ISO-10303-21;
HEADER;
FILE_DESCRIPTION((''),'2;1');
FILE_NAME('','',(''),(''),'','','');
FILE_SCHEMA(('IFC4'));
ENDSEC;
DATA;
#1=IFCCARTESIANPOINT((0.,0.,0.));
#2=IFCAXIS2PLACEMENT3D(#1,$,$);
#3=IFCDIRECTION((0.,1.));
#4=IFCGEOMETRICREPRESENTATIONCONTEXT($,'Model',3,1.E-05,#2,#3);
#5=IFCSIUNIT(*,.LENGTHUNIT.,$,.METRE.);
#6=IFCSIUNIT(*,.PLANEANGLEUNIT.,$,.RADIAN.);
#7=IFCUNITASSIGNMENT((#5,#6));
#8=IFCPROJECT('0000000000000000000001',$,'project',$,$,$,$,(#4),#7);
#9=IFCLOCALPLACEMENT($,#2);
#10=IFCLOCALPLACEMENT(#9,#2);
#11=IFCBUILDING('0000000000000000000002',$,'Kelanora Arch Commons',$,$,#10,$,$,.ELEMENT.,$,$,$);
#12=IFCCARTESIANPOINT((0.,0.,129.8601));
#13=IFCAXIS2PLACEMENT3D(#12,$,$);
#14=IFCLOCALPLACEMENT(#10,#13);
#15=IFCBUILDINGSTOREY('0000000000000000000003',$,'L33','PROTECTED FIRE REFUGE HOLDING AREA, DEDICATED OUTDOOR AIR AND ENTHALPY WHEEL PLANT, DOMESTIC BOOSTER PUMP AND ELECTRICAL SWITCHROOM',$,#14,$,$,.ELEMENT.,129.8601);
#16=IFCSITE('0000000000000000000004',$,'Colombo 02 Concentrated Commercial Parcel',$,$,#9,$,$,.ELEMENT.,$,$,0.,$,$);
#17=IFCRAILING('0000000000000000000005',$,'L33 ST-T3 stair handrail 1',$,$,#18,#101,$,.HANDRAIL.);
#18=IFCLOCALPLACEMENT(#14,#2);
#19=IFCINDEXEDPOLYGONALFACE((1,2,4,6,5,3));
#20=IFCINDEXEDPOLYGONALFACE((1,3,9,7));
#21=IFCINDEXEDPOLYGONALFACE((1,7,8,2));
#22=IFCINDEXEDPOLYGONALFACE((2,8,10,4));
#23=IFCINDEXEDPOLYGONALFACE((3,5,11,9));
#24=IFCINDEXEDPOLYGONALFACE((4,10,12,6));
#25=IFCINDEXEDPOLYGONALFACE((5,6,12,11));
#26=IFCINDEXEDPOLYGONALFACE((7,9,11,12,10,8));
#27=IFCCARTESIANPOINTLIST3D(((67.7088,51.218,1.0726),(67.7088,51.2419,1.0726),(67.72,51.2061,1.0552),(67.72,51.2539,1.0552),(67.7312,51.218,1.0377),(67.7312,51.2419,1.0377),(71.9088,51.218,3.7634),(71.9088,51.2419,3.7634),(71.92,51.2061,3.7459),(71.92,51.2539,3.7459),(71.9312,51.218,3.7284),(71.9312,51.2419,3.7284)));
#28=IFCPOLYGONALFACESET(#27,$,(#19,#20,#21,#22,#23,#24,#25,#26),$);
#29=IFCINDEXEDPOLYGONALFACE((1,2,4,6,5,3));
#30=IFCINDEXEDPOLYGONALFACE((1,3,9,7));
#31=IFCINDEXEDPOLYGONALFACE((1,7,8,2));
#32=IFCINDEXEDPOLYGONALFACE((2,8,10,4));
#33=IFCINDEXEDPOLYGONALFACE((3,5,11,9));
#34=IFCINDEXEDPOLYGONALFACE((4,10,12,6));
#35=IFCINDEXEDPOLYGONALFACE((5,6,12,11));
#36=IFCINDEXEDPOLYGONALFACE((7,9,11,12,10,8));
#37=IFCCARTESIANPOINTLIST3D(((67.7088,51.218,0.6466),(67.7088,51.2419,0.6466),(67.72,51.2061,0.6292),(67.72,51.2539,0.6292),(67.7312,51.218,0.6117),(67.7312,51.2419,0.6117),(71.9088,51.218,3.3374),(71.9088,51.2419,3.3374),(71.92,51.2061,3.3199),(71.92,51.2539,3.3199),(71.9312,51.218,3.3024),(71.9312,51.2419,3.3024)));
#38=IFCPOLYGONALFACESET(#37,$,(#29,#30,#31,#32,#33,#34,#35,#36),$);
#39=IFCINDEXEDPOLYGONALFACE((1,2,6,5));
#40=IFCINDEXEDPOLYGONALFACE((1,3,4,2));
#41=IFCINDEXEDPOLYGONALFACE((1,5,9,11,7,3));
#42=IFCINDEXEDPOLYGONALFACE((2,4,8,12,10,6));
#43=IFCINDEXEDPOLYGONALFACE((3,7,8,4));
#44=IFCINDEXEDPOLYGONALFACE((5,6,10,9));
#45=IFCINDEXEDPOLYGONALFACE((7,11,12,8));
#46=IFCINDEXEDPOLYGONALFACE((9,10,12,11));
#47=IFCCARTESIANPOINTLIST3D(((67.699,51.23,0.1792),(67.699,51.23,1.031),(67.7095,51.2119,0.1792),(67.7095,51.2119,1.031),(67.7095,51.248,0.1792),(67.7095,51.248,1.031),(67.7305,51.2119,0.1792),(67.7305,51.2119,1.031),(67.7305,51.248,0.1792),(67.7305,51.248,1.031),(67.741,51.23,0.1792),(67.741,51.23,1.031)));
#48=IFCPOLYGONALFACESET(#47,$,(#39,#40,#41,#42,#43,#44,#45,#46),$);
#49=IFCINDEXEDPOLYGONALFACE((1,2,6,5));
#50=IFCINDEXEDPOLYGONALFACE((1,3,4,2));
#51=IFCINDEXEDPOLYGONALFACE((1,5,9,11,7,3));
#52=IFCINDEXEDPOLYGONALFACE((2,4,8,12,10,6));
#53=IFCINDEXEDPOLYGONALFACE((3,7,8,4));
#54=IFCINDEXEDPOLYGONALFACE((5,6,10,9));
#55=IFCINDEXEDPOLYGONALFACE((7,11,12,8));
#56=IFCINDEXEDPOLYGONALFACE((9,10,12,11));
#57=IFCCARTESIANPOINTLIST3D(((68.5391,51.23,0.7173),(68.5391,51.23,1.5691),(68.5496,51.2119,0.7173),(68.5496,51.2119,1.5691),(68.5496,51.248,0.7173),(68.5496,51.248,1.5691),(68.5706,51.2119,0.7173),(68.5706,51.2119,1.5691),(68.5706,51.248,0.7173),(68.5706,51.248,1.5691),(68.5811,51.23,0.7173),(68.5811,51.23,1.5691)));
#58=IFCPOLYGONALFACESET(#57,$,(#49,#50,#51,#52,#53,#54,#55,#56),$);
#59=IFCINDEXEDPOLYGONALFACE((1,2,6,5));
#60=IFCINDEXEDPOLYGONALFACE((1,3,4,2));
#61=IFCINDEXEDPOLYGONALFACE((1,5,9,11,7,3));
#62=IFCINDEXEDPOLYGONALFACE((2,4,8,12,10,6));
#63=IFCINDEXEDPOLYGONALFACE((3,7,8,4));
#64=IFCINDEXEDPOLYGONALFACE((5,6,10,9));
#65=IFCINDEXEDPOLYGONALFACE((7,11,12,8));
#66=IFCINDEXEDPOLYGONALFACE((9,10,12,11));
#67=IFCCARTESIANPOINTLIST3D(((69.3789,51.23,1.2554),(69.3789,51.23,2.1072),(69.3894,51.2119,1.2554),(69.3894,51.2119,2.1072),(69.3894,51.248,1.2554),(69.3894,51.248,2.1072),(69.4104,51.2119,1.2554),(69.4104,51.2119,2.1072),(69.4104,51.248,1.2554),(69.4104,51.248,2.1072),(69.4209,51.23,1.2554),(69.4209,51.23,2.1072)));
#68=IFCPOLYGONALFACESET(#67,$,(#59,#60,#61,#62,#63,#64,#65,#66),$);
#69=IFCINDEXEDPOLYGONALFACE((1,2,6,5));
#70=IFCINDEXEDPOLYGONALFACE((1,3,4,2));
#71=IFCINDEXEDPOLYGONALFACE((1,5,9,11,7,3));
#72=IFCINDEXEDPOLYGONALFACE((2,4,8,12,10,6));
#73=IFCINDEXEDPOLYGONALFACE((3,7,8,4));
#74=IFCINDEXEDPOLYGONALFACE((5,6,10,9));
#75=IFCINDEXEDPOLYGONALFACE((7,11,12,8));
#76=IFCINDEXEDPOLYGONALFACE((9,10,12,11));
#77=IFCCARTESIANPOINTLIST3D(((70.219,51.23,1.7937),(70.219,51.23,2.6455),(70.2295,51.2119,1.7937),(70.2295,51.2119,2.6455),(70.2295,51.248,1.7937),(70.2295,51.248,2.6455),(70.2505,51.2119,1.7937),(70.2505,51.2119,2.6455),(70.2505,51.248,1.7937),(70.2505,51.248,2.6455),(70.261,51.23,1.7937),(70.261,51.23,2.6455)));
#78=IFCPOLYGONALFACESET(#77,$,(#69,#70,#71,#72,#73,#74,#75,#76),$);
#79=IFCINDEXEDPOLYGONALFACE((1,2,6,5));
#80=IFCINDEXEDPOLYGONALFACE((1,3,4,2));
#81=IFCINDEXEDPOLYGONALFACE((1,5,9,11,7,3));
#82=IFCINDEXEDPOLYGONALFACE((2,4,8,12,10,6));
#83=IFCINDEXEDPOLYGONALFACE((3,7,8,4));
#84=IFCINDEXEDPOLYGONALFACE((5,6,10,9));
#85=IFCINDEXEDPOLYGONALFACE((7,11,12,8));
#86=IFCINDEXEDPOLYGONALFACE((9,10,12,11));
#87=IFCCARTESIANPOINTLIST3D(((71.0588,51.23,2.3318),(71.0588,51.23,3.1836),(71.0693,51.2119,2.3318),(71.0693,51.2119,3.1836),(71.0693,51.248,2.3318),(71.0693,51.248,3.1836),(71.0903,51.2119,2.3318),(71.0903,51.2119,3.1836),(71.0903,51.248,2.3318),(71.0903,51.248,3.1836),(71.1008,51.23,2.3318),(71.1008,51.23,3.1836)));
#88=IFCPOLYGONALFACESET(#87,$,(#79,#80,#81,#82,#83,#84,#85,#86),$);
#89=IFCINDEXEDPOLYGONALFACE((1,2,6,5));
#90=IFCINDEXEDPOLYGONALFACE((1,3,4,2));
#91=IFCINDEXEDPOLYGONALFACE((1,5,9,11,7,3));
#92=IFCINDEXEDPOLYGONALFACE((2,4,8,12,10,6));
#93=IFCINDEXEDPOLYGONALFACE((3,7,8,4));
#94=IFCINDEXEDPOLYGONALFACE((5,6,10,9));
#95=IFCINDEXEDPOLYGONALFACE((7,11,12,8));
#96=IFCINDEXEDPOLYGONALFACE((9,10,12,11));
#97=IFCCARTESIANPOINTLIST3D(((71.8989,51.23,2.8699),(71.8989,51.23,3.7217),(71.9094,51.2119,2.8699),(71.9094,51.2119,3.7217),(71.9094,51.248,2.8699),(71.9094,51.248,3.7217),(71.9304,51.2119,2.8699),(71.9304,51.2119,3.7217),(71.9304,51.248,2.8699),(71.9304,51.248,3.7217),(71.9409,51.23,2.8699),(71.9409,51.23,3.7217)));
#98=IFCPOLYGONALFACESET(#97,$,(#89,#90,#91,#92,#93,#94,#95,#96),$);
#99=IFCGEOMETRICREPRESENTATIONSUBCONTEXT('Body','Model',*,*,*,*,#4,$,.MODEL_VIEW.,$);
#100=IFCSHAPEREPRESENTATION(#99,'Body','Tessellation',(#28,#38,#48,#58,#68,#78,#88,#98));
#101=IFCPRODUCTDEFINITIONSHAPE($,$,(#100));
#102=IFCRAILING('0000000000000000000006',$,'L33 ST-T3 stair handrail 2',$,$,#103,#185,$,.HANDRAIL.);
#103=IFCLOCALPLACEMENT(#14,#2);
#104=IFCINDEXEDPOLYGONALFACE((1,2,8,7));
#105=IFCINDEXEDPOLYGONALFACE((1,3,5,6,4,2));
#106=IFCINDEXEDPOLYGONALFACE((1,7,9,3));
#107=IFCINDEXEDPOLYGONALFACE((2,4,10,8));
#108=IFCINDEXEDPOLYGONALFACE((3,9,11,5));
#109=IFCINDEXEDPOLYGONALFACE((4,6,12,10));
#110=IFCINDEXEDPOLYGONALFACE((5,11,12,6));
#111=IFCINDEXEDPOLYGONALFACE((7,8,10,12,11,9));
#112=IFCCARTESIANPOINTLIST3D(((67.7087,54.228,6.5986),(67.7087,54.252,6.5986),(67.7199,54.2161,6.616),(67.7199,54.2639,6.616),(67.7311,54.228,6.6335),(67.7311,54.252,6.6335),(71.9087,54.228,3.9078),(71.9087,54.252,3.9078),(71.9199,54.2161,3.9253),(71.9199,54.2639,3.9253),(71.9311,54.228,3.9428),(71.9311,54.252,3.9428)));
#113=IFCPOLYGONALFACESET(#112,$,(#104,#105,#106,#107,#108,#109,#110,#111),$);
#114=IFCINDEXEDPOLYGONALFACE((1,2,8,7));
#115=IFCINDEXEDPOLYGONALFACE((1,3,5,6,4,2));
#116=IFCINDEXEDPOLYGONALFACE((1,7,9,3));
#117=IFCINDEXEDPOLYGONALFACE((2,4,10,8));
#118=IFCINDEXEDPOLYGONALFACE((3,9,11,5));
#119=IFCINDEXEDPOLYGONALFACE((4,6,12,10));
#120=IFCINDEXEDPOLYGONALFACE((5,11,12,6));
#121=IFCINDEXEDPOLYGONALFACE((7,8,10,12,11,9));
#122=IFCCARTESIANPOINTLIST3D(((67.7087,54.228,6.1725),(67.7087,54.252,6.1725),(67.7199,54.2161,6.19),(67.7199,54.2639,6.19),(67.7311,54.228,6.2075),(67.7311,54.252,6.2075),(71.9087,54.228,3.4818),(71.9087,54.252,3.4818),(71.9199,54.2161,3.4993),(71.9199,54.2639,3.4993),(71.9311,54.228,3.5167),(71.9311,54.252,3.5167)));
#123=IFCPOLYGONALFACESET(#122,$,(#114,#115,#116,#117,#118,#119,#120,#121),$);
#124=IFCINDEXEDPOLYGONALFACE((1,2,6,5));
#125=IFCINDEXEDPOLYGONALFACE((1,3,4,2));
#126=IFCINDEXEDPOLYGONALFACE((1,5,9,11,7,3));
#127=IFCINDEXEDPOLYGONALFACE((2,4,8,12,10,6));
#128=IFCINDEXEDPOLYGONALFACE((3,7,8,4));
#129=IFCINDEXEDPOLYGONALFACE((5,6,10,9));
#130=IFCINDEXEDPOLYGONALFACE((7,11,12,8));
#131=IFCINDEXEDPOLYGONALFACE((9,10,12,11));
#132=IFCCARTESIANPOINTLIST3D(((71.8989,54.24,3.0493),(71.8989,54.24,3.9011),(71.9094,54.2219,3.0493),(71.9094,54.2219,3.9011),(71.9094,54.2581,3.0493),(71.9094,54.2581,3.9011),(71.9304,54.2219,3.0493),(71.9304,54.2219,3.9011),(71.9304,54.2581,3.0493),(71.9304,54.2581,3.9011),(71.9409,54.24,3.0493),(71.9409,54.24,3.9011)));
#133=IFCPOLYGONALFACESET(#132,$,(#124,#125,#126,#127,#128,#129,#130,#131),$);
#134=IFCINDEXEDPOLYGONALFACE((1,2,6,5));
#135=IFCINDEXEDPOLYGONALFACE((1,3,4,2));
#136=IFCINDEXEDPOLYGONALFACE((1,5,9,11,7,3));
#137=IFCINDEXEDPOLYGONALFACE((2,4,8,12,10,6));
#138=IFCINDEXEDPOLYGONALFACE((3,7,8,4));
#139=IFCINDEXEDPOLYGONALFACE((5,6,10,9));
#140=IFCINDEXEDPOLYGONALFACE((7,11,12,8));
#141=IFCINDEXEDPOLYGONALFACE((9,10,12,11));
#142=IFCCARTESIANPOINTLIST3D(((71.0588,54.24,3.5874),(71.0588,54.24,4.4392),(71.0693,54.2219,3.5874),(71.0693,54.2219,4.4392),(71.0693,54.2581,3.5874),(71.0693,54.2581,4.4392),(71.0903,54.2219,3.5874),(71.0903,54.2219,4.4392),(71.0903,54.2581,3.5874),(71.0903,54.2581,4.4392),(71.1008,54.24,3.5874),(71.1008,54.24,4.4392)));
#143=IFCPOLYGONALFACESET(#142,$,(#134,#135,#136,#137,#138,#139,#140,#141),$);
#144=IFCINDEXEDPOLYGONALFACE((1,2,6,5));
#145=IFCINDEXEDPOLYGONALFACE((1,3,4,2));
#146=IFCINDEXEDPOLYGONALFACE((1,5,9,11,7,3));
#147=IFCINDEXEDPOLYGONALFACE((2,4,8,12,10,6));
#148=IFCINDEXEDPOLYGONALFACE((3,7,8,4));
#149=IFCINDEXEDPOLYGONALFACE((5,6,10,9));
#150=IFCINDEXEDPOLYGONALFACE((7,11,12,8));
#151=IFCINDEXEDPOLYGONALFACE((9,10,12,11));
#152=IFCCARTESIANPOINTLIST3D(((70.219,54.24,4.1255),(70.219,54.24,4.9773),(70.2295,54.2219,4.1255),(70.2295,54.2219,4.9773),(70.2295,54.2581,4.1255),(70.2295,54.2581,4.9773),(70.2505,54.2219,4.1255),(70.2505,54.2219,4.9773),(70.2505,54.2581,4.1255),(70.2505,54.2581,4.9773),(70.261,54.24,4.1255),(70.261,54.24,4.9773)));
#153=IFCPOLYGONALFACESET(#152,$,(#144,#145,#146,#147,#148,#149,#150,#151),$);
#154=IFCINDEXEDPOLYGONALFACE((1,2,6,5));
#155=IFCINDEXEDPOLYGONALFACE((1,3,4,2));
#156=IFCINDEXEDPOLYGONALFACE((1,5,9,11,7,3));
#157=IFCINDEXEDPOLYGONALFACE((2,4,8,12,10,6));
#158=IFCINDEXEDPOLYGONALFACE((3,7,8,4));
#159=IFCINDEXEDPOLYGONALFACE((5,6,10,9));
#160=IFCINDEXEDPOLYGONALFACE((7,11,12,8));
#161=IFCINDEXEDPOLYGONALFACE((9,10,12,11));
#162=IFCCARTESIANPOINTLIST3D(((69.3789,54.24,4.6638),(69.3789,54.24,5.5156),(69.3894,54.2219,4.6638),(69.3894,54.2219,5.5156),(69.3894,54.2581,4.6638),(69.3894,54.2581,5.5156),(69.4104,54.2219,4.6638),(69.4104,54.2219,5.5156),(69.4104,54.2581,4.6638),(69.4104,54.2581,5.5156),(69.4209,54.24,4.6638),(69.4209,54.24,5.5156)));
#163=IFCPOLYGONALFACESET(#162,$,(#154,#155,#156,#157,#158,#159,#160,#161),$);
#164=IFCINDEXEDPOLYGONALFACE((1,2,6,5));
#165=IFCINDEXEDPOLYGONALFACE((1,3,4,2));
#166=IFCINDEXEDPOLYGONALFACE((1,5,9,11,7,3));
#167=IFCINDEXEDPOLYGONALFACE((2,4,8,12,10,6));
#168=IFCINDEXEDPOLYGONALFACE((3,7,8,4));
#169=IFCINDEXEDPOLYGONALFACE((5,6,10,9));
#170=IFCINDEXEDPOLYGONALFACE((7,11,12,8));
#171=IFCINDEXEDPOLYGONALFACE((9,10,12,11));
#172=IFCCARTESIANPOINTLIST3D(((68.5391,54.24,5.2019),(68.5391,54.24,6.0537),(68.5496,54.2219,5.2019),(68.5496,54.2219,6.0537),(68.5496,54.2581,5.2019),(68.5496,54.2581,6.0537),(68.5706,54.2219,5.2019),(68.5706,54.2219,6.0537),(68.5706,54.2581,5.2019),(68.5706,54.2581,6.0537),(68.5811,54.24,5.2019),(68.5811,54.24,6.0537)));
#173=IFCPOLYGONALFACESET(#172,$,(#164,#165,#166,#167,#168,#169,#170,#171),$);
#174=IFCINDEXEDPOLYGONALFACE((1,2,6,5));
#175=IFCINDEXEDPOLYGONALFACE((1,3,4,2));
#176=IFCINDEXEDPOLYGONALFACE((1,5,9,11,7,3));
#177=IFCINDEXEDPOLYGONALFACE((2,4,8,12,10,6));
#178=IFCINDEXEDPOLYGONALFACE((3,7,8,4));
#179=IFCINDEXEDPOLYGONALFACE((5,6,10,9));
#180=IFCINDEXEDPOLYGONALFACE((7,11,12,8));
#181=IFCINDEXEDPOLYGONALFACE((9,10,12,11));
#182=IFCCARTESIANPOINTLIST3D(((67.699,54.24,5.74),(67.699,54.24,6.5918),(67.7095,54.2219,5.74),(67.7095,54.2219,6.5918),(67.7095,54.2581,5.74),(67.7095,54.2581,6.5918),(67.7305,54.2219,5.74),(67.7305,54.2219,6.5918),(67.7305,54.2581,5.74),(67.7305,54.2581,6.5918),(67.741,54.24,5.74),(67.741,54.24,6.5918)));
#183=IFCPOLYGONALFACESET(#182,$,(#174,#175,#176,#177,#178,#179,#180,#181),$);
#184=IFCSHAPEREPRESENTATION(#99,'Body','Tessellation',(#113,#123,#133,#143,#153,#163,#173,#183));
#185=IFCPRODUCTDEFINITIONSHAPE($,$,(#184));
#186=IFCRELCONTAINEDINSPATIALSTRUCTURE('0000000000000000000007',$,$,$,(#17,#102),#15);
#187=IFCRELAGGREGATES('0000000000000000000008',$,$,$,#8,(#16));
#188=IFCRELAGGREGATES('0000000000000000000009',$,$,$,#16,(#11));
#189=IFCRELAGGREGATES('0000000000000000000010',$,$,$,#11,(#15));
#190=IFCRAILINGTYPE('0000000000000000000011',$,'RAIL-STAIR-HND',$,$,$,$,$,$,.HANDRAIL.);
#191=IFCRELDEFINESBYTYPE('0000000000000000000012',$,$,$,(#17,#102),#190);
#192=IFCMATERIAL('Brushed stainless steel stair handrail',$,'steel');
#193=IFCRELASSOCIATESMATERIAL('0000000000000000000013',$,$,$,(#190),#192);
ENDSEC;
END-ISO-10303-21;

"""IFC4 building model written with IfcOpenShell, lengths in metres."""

from ifc_helpers import new_model, si_unit, direction, frame, origin, place, context, subcontext, project, spatial, polyline, outline, extrude, material, type_object, element, save


model = new_model("IFC4")

# Units and contexts
model_context = context("Model", 3, precision=1e-05, world=origin(), true_north=direction((0.0, 1.0)))
body_context = subcontext(model_context, "Body", "Model", "MODEL_VIEW")
ifc_project = project(units=[si_unit("LENGTHUNIT", "METRE"), si_unit("PLANEANGLEUNIT", "RADIAN")], contexts=[model_context])

# Site, building, storey
site_placement = place(None, origin())
site = spatial("IfcSite", under=ifc_project, at=site_placement, Name="Colombo 02 Concentrated Commercial Parcel", CompositionType="ELEMENT", RefElevation=0.0)
building_placement = place(site_placement, origin())
building = spatial("IfcBuilding", under=site, at=building_placement, Name="Kelanora Arch Commons", CompositionType="ELEMENT")
storey_placement = place(building_placement, frame((0.0, 0.0, 129.8601)))
storey = spatial("IfcBuildingStorey", under=building, at=storey_placement, Name="L33", Description="PROTECTED FIRE REFUGE HOLDING AREA, DEDICATED OUTDOOR AIR AND ENTHALPY WHEEL PLANT, DOMESTIC BOOSTER PUMP AND ELECTRICAL SWITCHROOM", CompositionType="ELEMENT", Elevation=129.8601)

# Railings
ifc_material_1 = material(Name="Brushed stainless steel stair handrail", Category="steel")
railing_type_1 = type_object("IfcRailingType", Name="RAIL-STAIR-HND", PredefinedType="HANDRAIL", material=ifc_material_1)
railing_1_placement = place(storey_placement, frame((67.72, 51.23, 0.1792)))
element("IfcRailing", 1, at=railing_1_placement, inside=storey, type_object=railing_type_1, Name="L33 ST-T3 stair handrail 1", PredefinedType="HANDRAIL", context=body_context, shape_type="SweptSolid", body=[
    extrude(outline(polyline([(0.0239, 0.0), (0.012, 0.0208), (-0.012, 0.0208), (-0.0239, 0.0), (-0.012, -0.0208), (0.012, -0.0208), (0.0239, 0.0)])), frame((0.0, 0.0, 0.876), z_axis=(0.842025, 0.0, 0.539438), x_axis=(0.0, 1.0, 0.0)), (0.0, 0.0, 1.0), 4.988),
    extrude(outline(polyline([(0.0239, 0.0), (0.012, 0.0208), (-0.012, 0.0208), (-0.0239, 0.0), (-0.012, -0.0208), (0.012, -0.0208), (0.0239, 0.0)])), frame((0.0, 0.0, 0.45), z_axis=(0.842025, 0.0, 0.539438), x_axis=(0.0, 1.0, 0.0)), (0.0, 0.0, 1.0), 4.988),
    extrude(outline(polyline([(0.021, 0.0), (0.0105, 0.0181), (-0.0105, 0.0181), (-0.021, 0.0), (-0.0105, -0.0181), (0.0105, -0.0181), (0.021, 0.0)])), origin(), (0.0, 0.0, 1.0), 0.8518),
    extrude(outline(polyline([(0.021, 0.0), (0.0105, 0.0181), (-0.0105, 0.0181), (-0.021, 0.0), (-0.0105, -0.0181), (0.0105, -0.0181), (0.021, 0.0)])), frame((0.8401, 0.0, 0.5381)), (0.0, 0.0, 1.0), 0.8518),
    extrude(outline(polyline([(0.021, 0.0), (0.0105, 0.0181), (-0.0105, 0.0181), (-0.021, 0.0), (-0.0105, -0.0181), (0.0105, -0.0181), (0.021, 0.0)])), frame((1.6799, 0.0, 1.0762)), (0.0, 0.0, 1.0), 0.8518),
    extrude(outline(polyline([(0.021, 0.0), (0.0105, 0.0181), (-0.0105, 0.0181), (-0.021, 0.0), (-0.0105, -0.0181), (0.0105, -0.0181), (0.021, 0.0)])), frame((2.52, 0.0, 1.6145)), (0.0, 0.0, 1.0), 0.8518),
    extrude(outline(polyline([(0.021, 0.0), (0.0105, 0.0181), (-0.0105, 0.0181), (-0.021, 0.0), (-0.0105, -0.0181), (0.0105, -0.0181), (0.021, 0.0)])), frame((3.3599, 0.0, 2.1526)), (0.0, 0.0, 1.0), 0.8518),
    extrude(outline(polyline([(0.021, 0.0), (0.0105, 0.0181), (-0.0105, 0.0181), (-0.021, 0.0), (-0.0105, -0.0181), (0.0105, -0.0181), (0.021, 0.0)])), frame((4.2, 0.0, 2.6907)), (0.0, 0.0, 1.0), 0.8518),
])
railing_2_placement = place(storey_placement, frame((71.9199, 54.24, 3.0493)))
element("IfcRailing", 2, at=railing_2_placement, inside=storey, type_object=railing_type_1, Name="L33 ST-T3 stair handrail 2", PredefinedType="HANDRAIL", context=body_context, shape_type="SweptSolid", body=[
    extrude(outline(polyline([(0.0239, 0.0), (0.012, 0.0208), (-0.012, 0.0208), (-0.0239, 0.0), (-0.012, -0.0208), (0.012, -0.0208), (0.0239, 0.0)])), frame((0.0, 0.0, 0.876), z_axis=(-0.842025, 0.0, 0.539438), x_axis=(0.0, -1.0, 0.0)), (0.0, 0.0, 1.0), 4.988),
    extrude(outline(polyline([(0.0239, 0.0), (0.012, 0.0208), (-0.012, 0.0208), (-0.0239, 0.0), (-0.012, -0.0208), (0.012, -0.0208), (0.0239, 0.0)])), frame((0.0, 0.0, 0.45), z_axis=(-0.842025, 0.0, 0.539438), x_axis=(0.0, -1.0, 0.0)), (0.0, 0.0, 1.0), 4.988),
    extrude(outline(polyline([(0.021, 0.0), (0.0105, 0.0181), (-0.0105, 0.0181), (-0.021, 0.0), (-0.0105, -0.0181), (0.0105, -0.0181), (0.021, 0.0)])), origin(), (0.0, 0.0, 1.0), 0.8518),
    extrude(outline(polyline([(0.021, 0.0), (0.0105, 0.0181), (-0.0105, 0.0181), (-0.021, 0.0), (-0.0105, -0.0181), (0.0105, -0.0181), (0.021, 0.0)])), frame((-0.8401, 0.0, 0.5381)), (0.0, 0.0, 1.0), 0.8518),
    extrude(outline(polyline([(0.021, 0.0), (0.0105, 0.0181), (-0.0105, 0.0181), (-0.021, 0.0), (-0.0105, -0.0181), (0.0105, -0.0181), (0.021, 0.0)])), frame((-1.6799, 0.0, 1.0762)), (0.0, 0.0, 1.0), 0.8518),
    extrude(outline(polyline([(0.021, 0.0), (0.0105, 0.0181), (-0.0105, 0.0181), (-0.021, 0.0), (-0.0105, -0.0181), (0.0105, -0.0181), (0.021, 0.0)])), frame((-2.52, 0.0, 1.6145)), (0.0, 0.0, 1.0), 0.8518),
    extrude(outline(polyline([(0.021, 0.0), (0.0105, 0.0181), (-0.0105, 0.0181), (-0.021, 0.0), (-0.0105, -0.0181), (0.0105, -0.0181), (0.021, 0.0)])), frame((-3.3599, 0.0, 2.1526)), (0.0, 0.0, 1.0), 0.8518),
    extrude(outline(polyline([(0.021, 0.0), (0.0105, 0.0181), (-0.0105, 0.0181), (-0.021, 0.0), (-0.0105, -0.0181), (0.0105, -0.0181), (0.021, 0.0)])), frame((-4.2, 0.0, 2.6907)), (0.0, 0.0, 1.0), 0.8518),
])

save(model, "model.ifc")
